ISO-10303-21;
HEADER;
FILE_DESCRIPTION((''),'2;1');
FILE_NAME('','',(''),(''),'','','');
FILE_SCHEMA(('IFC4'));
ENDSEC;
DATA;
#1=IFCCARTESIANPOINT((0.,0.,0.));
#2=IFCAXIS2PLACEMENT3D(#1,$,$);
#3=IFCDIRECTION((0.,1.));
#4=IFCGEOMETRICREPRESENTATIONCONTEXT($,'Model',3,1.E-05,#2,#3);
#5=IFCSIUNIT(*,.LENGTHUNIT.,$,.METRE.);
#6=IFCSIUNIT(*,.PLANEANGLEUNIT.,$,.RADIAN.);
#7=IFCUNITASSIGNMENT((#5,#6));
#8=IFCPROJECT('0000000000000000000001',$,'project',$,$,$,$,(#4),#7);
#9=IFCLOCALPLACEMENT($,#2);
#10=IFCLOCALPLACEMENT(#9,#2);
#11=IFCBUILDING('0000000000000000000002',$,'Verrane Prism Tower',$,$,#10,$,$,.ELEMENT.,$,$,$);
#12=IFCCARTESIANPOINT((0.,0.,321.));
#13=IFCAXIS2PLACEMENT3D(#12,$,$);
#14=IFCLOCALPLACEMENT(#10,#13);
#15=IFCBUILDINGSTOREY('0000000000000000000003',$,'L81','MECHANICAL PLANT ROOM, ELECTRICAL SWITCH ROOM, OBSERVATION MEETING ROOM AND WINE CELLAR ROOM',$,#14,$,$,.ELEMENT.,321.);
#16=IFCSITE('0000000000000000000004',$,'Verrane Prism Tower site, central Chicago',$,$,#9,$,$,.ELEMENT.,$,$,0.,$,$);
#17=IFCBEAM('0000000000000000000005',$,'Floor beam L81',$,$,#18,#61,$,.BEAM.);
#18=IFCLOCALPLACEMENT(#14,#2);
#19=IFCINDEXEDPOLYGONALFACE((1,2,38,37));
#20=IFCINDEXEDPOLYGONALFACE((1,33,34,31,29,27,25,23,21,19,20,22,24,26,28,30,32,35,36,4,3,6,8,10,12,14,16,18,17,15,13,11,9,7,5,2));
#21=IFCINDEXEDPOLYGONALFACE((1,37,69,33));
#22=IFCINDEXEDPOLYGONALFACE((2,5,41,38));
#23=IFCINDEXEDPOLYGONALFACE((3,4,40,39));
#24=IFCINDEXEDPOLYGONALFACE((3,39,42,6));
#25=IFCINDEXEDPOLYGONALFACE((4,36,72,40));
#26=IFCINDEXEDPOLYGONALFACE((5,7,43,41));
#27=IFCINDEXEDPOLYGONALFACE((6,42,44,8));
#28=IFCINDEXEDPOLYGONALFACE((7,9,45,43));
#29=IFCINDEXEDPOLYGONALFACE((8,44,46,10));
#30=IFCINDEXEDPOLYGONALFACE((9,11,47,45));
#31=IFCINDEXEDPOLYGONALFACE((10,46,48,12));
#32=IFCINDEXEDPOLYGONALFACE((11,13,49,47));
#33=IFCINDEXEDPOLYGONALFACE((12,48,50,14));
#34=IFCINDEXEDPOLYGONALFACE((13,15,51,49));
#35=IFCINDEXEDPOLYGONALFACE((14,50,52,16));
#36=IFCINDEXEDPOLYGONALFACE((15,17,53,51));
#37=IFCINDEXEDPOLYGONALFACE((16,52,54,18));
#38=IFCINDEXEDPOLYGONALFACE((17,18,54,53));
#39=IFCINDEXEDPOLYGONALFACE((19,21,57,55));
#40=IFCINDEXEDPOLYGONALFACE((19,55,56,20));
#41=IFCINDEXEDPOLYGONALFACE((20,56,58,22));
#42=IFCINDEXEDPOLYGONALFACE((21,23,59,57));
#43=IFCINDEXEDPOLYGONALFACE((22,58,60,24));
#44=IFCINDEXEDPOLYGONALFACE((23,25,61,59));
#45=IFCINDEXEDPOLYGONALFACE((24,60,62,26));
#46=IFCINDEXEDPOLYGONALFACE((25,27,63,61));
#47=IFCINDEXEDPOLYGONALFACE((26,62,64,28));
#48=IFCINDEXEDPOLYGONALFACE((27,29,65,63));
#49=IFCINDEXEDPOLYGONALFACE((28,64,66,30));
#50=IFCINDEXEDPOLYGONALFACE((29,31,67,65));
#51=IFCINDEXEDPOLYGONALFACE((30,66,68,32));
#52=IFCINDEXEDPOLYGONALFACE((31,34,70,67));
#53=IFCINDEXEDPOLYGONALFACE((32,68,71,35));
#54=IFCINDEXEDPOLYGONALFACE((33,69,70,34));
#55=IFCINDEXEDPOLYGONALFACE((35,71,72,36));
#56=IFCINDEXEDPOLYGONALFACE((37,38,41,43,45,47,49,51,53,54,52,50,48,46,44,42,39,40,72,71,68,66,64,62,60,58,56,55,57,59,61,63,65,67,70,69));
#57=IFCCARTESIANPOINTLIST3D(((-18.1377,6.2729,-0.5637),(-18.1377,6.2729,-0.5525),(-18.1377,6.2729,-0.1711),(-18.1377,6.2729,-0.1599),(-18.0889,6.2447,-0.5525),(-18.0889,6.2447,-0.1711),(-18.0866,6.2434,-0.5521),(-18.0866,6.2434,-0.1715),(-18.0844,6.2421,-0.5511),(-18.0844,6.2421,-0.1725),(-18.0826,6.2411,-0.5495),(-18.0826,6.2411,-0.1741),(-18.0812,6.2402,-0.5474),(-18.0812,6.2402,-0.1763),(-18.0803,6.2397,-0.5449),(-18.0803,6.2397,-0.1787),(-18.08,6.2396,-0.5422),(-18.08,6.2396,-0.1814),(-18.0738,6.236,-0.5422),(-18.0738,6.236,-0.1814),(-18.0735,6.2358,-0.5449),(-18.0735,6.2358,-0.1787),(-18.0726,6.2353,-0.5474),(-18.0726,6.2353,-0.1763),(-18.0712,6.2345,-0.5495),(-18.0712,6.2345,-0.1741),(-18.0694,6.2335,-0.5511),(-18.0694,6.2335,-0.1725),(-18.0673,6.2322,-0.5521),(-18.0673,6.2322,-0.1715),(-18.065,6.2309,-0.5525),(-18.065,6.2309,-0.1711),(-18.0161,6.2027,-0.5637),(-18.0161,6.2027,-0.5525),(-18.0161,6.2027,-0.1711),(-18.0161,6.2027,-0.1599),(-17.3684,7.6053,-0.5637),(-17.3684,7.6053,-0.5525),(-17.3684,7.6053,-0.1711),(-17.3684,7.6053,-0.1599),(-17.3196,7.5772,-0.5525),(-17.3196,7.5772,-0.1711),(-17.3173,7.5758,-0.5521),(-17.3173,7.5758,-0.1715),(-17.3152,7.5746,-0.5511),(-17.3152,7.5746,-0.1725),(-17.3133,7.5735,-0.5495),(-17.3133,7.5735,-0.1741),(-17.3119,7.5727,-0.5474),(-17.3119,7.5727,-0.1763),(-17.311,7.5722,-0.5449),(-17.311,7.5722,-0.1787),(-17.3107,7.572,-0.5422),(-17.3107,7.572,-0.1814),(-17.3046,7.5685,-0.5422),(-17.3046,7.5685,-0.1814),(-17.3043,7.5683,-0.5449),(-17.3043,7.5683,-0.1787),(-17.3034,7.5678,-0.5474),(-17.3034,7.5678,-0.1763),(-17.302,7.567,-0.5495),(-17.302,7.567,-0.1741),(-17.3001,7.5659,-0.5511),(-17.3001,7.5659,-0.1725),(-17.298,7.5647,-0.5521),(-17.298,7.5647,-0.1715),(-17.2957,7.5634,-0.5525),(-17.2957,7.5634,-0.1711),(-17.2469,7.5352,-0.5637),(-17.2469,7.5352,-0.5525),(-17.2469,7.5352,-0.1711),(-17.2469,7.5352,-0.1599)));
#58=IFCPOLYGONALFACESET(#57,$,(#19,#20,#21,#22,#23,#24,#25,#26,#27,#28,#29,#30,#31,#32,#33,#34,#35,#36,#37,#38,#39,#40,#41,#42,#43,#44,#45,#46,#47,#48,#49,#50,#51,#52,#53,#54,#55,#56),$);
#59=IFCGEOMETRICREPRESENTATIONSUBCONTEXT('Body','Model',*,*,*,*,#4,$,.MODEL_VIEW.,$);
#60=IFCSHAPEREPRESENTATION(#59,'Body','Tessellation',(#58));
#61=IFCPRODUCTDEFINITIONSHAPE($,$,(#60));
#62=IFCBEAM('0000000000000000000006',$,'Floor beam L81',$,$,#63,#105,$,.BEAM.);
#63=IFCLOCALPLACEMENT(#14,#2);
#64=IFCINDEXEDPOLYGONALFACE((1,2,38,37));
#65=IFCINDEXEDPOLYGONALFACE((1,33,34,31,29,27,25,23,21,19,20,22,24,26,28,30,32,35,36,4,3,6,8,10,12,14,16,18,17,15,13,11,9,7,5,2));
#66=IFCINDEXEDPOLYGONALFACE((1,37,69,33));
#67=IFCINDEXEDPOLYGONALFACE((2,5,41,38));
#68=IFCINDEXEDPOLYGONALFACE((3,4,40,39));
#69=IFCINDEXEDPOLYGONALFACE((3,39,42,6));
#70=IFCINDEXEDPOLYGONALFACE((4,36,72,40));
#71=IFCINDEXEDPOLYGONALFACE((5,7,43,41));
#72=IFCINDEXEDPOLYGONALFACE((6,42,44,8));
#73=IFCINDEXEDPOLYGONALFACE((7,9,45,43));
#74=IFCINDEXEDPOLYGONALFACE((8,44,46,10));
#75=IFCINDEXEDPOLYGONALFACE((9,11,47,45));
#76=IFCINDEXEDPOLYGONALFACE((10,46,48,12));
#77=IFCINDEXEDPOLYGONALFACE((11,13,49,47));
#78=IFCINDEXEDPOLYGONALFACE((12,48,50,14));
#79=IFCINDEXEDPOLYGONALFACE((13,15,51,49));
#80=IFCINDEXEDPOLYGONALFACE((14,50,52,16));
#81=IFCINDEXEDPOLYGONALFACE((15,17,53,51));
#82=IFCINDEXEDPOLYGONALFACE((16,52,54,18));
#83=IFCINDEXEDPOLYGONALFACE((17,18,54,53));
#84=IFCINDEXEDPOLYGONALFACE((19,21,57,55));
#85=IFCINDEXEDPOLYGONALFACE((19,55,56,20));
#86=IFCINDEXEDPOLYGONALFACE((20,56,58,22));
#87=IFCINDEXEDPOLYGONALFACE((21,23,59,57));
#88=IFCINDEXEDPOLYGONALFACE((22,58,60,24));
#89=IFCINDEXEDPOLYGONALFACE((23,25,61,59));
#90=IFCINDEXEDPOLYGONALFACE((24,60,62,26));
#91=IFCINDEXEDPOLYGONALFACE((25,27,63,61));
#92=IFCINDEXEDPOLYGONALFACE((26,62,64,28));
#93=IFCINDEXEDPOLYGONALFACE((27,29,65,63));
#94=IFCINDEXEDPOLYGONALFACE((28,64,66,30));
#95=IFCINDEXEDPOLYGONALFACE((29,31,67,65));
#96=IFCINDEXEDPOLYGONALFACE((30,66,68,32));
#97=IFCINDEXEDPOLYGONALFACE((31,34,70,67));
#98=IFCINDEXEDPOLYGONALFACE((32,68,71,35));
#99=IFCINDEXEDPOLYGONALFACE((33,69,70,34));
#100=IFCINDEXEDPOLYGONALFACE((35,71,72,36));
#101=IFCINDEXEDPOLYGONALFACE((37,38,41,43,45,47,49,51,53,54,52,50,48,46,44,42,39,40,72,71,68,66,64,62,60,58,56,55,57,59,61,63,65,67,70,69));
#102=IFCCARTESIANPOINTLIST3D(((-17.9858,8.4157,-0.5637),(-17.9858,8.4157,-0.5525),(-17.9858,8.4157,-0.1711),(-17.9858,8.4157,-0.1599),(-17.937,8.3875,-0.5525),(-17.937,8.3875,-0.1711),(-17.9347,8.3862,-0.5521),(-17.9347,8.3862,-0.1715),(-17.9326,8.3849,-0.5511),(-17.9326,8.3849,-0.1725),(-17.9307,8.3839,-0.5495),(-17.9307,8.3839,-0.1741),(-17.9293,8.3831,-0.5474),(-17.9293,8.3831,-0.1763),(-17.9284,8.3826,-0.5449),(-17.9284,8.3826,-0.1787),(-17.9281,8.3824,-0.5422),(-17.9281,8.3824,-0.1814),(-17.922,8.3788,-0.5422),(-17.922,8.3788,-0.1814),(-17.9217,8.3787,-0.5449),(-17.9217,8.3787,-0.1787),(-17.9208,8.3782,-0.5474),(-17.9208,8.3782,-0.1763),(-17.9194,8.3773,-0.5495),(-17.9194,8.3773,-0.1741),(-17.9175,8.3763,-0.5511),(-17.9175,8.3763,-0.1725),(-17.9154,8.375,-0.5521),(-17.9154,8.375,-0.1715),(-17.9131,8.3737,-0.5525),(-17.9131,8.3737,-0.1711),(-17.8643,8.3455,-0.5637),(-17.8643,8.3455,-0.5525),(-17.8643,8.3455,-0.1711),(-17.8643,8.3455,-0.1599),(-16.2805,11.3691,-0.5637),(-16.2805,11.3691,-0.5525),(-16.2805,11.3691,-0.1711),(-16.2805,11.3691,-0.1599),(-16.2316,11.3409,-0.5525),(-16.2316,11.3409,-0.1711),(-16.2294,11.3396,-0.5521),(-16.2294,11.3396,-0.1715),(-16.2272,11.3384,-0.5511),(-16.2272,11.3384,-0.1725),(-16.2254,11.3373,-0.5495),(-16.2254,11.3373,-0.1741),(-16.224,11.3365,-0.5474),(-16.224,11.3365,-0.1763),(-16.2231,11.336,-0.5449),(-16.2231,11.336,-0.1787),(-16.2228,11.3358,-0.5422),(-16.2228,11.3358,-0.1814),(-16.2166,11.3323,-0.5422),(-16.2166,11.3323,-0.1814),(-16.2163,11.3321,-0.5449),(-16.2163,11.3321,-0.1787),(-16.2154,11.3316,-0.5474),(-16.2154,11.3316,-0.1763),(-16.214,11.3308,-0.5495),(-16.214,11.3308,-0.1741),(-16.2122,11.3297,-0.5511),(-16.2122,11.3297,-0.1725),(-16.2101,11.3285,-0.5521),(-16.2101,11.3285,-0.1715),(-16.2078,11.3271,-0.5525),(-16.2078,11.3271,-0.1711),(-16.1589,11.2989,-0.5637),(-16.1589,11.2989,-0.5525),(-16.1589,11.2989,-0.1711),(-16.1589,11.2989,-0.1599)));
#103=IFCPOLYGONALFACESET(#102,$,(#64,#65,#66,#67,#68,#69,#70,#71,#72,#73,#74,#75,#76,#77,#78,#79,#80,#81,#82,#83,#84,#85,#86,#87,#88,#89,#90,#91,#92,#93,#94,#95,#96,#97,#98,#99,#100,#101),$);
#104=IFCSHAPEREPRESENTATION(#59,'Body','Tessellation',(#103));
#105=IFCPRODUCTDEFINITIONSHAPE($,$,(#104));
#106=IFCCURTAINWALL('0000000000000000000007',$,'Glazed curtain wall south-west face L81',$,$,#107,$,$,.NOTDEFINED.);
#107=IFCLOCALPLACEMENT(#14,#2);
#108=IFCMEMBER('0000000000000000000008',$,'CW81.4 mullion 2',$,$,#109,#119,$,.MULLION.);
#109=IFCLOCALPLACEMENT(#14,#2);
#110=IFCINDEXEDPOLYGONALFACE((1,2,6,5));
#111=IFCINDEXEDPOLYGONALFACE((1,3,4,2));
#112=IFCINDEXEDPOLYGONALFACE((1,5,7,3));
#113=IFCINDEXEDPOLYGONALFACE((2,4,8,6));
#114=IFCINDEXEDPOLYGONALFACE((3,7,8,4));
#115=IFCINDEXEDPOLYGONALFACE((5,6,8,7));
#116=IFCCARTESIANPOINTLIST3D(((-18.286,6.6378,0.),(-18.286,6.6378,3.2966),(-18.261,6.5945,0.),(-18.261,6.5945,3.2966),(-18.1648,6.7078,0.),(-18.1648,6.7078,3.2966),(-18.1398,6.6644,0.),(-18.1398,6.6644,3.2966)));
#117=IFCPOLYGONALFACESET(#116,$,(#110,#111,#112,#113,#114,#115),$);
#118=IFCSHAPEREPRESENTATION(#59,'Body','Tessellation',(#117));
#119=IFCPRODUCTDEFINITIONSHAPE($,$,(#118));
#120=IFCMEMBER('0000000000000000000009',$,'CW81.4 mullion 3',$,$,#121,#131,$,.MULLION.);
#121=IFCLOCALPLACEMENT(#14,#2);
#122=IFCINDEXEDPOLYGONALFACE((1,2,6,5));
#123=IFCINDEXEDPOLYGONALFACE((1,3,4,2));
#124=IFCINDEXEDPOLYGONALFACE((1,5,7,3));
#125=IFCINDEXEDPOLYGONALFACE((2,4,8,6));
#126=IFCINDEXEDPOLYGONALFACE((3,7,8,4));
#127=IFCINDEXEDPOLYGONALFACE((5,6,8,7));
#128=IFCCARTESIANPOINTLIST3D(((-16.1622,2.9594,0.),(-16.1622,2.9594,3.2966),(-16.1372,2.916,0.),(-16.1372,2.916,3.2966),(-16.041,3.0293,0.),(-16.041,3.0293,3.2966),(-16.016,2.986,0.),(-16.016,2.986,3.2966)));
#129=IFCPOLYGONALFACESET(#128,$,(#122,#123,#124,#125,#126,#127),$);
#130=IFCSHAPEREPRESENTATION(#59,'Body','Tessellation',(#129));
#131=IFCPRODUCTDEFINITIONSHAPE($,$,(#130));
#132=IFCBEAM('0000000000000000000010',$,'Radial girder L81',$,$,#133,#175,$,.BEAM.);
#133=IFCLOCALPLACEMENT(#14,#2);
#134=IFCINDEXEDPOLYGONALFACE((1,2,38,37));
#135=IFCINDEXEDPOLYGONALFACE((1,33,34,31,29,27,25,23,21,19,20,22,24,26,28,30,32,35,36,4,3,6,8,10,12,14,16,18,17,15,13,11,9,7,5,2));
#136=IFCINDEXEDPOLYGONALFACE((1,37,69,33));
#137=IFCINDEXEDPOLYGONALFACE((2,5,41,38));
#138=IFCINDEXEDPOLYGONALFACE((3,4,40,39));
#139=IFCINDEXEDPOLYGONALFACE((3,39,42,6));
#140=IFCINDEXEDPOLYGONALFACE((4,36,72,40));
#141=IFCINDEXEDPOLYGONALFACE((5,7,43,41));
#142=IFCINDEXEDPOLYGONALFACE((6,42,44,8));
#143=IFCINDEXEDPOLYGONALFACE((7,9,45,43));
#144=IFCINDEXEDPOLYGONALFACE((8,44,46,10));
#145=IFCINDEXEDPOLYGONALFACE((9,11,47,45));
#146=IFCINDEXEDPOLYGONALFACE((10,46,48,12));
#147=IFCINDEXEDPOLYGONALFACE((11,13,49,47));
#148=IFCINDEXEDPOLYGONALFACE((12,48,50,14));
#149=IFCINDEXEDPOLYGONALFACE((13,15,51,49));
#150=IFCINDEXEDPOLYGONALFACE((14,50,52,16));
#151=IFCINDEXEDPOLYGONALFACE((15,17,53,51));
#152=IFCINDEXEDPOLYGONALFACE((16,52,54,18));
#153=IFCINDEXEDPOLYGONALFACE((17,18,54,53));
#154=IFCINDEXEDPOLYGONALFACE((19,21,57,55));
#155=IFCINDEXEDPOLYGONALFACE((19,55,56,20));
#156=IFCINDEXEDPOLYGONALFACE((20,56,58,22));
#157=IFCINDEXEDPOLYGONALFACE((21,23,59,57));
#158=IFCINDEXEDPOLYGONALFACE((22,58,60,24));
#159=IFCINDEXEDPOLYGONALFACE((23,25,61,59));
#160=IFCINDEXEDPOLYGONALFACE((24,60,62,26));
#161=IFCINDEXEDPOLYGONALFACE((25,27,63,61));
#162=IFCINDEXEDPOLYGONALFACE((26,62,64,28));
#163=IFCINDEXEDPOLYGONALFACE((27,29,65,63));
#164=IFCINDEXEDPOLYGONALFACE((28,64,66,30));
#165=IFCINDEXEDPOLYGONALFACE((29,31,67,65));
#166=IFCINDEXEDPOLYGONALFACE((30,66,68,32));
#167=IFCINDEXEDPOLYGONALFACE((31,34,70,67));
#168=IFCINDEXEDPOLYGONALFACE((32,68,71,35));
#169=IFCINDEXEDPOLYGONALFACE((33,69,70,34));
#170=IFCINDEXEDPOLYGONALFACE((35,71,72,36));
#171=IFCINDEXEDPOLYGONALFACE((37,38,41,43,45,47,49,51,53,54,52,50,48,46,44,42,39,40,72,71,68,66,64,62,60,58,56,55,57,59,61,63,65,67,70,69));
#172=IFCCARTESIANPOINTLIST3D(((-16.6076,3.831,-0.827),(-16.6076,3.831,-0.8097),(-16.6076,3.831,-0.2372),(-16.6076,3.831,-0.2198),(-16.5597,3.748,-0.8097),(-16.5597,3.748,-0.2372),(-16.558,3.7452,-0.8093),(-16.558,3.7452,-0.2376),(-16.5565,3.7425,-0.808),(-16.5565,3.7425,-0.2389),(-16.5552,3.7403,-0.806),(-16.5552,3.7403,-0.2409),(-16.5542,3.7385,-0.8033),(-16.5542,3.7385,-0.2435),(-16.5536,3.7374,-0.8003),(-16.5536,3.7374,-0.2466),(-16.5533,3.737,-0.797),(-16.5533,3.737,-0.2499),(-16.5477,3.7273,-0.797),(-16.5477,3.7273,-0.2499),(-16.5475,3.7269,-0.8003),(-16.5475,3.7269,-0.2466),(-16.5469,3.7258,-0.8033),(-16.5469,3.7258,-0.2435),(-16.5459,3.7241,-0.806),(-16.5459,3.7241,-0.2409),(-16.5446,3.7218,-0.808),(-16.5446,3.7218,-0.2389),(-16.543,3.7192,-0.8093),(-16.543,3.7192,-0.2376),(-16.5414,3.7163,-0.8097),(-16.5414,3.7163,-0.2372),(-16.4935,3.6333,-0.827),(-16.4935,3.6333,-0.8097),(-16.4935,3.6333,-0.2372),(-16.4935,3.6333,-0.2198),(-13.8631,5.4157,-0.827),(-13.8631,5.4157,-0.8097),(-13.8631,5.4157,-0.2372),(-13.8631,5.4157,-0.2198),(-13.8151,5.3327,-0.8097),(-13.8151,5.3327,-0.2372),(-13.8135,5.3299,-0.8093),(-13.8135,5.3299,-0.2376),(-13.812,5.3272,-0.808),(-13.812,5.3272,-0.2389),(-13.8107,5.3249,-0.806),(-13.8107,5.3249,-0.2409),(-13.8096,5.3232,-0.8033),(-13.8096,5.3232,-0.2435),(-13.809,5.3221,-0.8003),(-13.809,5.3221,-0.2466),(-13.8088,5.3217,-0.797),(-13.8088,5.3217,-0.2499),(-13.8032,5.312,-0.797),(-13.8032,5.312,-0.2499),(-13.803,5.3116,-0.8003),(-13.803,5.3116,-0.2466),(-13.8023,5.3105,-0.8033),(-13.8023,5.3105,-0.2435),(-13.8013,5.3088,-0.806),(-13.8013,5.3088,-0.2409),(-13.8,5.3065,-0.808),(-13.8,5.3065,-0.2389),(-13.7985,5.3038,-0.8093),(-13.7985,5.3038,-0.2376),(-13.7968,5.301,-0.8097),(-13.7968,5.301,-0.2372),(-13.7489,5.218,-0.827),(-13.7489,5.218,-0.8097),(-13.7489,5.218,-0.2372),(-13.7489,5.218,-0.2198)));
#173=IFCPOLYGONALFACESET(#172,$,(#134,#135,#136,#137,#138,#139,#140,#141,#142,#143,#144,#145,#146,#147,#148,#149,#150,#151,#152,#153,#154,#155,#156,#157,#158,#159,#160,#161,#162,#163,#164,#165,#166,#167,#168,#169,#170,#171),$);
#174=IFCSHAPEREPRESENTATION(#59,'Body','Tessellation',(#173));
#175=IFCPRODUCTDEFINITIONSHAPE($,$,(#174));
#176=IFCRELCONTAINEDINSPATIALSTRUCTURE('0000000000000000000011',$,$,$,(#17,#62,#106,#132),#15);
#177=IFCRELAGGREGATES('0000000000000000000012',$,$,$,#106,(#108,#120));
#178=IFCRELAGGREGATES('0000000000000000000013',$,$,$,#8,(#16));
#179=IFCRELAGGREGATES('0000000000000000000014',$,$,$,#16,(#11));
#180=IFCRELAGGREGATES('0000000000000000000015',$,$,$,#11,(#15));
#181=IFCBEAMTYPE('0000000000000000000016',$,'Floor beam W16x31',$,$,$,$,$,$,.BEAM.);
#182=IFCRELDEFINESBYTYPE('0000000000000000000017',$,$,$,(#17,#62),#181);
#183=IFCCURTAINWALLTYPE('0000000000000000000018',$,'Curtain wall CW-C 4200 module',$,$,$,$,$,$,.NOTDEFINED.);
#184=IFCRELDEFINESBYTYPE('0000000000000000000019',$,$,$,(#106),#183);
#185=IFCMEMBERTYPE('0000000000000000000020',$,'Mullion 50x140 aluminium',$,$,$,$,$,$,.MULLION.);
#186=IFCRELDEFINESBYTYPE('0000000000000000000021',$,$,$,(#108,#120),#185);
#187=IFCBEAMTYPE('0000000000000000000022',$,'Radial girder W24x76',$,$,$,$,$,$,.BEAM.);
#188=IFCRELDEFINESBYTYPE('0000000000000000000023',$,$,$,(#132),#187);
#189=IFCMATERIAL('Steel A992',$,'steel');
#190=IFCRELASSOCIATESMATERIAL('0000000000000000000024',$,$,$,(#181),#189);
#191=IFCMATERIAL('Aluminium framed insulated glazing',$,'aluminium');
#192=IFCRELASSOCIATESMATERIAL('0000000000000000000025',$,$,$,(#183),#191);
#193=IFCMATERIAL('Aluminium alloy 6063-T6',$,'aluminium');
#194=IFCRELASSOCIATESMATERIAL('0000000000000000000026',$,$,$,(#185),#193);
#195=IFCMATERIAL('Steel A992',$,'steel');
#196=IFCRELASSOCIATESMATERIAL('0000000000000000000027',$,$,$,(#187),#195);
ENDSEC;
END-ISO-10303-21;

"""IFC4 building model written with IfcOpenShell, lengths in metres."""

from ifc_helpers import new_model, si_unit, direction, frame, origin, origin_2d, place, context, subcontext, project, spatial, rectangle, i_section, extrude, material, material_profile, profile_set, type_object, element, aggregate, save


model = new_model("IFC4")

# Units and contexts
model_context = context("Model", 3, precision=1e-05, world=origin(), true_north=direction((0.0, 1.0)))
body_context = subcontext(model_context, "Body", "Model", "MODEL_VIEW")
ifc_project = project(units=[si_unit("LENGTHUNIT", "METRE"), si_unit("PLANEANGLEUNIT", "RADIAN")], contexts=[model_context])

# Site, building, storey
site_placement = place(None, origin())
site = spatial("IfcSite", under=ifc_project, at=site_placement, Name="Verrane Prism Tower site, central Chicago", CompositionType="ELEMENT", RefElevation=0.0)
building_placement = place(site_placement, origin())
building = spatial("IfcBuilding", under=site, at=building_placement, Name="Verrane Prism Tower", CompositionType="ELEMENT")
storey_placement = place(building_placement, frame((0.0, 0.0, 321.0)))
storey = spatial("IfcBuildingStorey", under=building, at=storey_placement, Name="L81", Description="MECHANICAL PLANT ROOM, ELECTRICAL SWITCH ROOM, OBSERVATION MEETING ROOM AND WINE CELLAR ROOM", CompositionType="ELEMENT", Elevation=321.0)

# Beams
ifc_material_1 = material(Name="Steel A992", Category="steel")
ifc_material_profile_1 = material_profile(ifc_material_1, i_section(OverallWidth=0.1404, OverallDepth=0.4038, WebThickness=0.0071, FlangeThickness=0.0112, FilletRadius=0.0103, at=origin_2d()), Name="W16x31")
ifc_profile_set_1 = profile_set([ifc_material_profile_1], Name="Steel A992")
beam_type_1 = type_object("IfcBeamType", Name="Floor beam W16x31", PredefinedType="BEAM", material=ifc_profile_set_1)
beam_1_placement = place(storey_placement, frame((-18.0769, 6.2378, -0.3618), z_axis=(0.499979, 0.866038, 0.0), x_axis=(-0.866038, 0.499979, 0.0)))
element("IfcBeam", 1, at=beam_1_placement, inside=storey, type_object=beam_type_1, Name="Floor beam L81", PredefinedType="BEAM", context=body_context, shape_type="SweptSolid", body=[
    extrude(i_section(OverallWidth=0.1404, OverallDepth=0.4038, WebThickness=0.0071, FlangeThickness=0.0112, FilletRadius=0.0103, at=origin_2d()), origin(), (0.0, 0.0, 1.0), 1.5386),
])
beam_2_placement = place(storey_placement, frame((-17.925, 8.3806, -0.3618), z_axis=(0.500043, 0.866001, 0.0), x_axis=(-0.866001, 0.500043, 0.0)))
element("IfcBeam", 2, at=beam_2_placement, inside=storey, type_object=beam_type_1, Name="Floor beam L81", PredefinedType="BEAM", context=body_context, shape_type="SweptSolid", body=[
    extrude(i_section(OverallWidth=0.1404, OverallDepth=0.4038, WebThickness=0.0071, FlangeThickness=0.0112, FilletRadius=0.0103, at=origin_2d()), origin(), (0.0, 0.0, 1.0), 3.4104),
])

# Curtain wall, members
ifc_material_2 = material(Name="Aluminium framed insulated glazing", Category="aluminium")
curtain_wall_type = type_object("IfcCurtainWallType", Name="Curtain wall CW-C 4200 module", PredefinedType="NOTDEFINED", material=ifc_material_2)
curtain_wall_placement = place(storey_placement, origin())
curtain_wall = element("IfcCurtainWall", 3, at=curtain_wall_placement, inside=storey, type_object=curtain_wall_type, Name="Glazed curtain wall south-west face L81", PredefinedType="NOTDEFINED")
ifc_material_3 = material(Name="Aluminium alloy 6063-T6", Category="aluminium")
ifc_material_profile_2 = material_profile(ifc_material_3, rectangle(XDim=0.1399, YDim=0.05, at=origin_2d()), Name="Mullion 50x140 aluminium")
ifc_profile_set_2 = profile_set([ifc_material_profile_2], Name="Aluminium alloy 6063-T6")
member_type_1 = type_object("IfcMemberType", Name="Mullion 50x140 aluminium", PredefinedType="MULLION", material=ifc_profile_set_2)
member_1_placement = place(storey_placement, frame((-18.2129, 6.6511, 0.0), z_axis=(0.0, 0.0, 1.0), x_axis=(0.866025, 0.5, 0.0)))
member_1 = element("IfcMember", 4, at=member_1_placement, type_object=member_type_1, Name="CW81.4 mullion 2", PredefinedType="MULLION", context=body_context, shape_type="SweptSolid", body=[
    extrude(rectangle(XDim=0.1399, YDim=0.05, at=origin_2d()), origin(), (0.0, 0.0, 1.0), 3.2966),
])
member_2_placement = place(storey_placement, frame((-16.0891, 2.9727, 0.0), z_axis=(0.0, 0.0, 1.0), x_axis=(0.866025, 0.5, 0.0)))
member_2 = element("IfcMember", 5, at=member_2_placement, type_object=member_type_1, Name="CW81.4 mullion 3", PredefinedType="MULLION", context=body_context, shape_type="SweptSolid", body=[
    extrude(rectangle(XDim=0.1399, YDim=0.05, at=origin_2d()), origin(), (0.0, 0.0, 1.0), 3.2966),
])

# Beam
ifc_material_4 = material(Name="Steel A992", Category="steel")
ifc_material_profile_3 = material_profile(ifc_material_4, i_section(OverallWidth=0.2283, OverallDepth=0.6072, WebThickness=0.0112, FlangeThickness=0.0173, FilletRadius=0.0127, at=origin_2d()), Name="W24x76")
ifc_profile_set_3 = profile_set([ifc_material_profile_3], Name="Steel A992")
beam_type_2 = type_object("IfcBeamType", Name="Radial girder W24x76", PredefinedType="BEAM", material=ifc_profile_set_3)
beam_3_placement = place(storey_placement, frame((-16.5505, 3.7322, -0.5234), z_axis=(0.866011, 0.500025, 0.0), x_axis=(-0.500025, 0.866011, 0.0)))
element("IfcBeam", 6, at=beam_3_placement, inside=storey, type_object=beam_type_2, Name="Radial girder L81", PredefinedType="BEAM", context=body_context, shape_type="SweptSolid", body=[
    extrude(i_section(OverallWidth=0.2283, OverallDepth=0.6072, WebThickness=0.0112, FlangeThickness=0.0173, FilletRadius=0.0127, at=origin_2d()), origin(), (0.0, 0.0, 1.0), 3.1692),
])

aggregate(curtain_wall, [member_1, member_2])

save(model, "model.ifc")
